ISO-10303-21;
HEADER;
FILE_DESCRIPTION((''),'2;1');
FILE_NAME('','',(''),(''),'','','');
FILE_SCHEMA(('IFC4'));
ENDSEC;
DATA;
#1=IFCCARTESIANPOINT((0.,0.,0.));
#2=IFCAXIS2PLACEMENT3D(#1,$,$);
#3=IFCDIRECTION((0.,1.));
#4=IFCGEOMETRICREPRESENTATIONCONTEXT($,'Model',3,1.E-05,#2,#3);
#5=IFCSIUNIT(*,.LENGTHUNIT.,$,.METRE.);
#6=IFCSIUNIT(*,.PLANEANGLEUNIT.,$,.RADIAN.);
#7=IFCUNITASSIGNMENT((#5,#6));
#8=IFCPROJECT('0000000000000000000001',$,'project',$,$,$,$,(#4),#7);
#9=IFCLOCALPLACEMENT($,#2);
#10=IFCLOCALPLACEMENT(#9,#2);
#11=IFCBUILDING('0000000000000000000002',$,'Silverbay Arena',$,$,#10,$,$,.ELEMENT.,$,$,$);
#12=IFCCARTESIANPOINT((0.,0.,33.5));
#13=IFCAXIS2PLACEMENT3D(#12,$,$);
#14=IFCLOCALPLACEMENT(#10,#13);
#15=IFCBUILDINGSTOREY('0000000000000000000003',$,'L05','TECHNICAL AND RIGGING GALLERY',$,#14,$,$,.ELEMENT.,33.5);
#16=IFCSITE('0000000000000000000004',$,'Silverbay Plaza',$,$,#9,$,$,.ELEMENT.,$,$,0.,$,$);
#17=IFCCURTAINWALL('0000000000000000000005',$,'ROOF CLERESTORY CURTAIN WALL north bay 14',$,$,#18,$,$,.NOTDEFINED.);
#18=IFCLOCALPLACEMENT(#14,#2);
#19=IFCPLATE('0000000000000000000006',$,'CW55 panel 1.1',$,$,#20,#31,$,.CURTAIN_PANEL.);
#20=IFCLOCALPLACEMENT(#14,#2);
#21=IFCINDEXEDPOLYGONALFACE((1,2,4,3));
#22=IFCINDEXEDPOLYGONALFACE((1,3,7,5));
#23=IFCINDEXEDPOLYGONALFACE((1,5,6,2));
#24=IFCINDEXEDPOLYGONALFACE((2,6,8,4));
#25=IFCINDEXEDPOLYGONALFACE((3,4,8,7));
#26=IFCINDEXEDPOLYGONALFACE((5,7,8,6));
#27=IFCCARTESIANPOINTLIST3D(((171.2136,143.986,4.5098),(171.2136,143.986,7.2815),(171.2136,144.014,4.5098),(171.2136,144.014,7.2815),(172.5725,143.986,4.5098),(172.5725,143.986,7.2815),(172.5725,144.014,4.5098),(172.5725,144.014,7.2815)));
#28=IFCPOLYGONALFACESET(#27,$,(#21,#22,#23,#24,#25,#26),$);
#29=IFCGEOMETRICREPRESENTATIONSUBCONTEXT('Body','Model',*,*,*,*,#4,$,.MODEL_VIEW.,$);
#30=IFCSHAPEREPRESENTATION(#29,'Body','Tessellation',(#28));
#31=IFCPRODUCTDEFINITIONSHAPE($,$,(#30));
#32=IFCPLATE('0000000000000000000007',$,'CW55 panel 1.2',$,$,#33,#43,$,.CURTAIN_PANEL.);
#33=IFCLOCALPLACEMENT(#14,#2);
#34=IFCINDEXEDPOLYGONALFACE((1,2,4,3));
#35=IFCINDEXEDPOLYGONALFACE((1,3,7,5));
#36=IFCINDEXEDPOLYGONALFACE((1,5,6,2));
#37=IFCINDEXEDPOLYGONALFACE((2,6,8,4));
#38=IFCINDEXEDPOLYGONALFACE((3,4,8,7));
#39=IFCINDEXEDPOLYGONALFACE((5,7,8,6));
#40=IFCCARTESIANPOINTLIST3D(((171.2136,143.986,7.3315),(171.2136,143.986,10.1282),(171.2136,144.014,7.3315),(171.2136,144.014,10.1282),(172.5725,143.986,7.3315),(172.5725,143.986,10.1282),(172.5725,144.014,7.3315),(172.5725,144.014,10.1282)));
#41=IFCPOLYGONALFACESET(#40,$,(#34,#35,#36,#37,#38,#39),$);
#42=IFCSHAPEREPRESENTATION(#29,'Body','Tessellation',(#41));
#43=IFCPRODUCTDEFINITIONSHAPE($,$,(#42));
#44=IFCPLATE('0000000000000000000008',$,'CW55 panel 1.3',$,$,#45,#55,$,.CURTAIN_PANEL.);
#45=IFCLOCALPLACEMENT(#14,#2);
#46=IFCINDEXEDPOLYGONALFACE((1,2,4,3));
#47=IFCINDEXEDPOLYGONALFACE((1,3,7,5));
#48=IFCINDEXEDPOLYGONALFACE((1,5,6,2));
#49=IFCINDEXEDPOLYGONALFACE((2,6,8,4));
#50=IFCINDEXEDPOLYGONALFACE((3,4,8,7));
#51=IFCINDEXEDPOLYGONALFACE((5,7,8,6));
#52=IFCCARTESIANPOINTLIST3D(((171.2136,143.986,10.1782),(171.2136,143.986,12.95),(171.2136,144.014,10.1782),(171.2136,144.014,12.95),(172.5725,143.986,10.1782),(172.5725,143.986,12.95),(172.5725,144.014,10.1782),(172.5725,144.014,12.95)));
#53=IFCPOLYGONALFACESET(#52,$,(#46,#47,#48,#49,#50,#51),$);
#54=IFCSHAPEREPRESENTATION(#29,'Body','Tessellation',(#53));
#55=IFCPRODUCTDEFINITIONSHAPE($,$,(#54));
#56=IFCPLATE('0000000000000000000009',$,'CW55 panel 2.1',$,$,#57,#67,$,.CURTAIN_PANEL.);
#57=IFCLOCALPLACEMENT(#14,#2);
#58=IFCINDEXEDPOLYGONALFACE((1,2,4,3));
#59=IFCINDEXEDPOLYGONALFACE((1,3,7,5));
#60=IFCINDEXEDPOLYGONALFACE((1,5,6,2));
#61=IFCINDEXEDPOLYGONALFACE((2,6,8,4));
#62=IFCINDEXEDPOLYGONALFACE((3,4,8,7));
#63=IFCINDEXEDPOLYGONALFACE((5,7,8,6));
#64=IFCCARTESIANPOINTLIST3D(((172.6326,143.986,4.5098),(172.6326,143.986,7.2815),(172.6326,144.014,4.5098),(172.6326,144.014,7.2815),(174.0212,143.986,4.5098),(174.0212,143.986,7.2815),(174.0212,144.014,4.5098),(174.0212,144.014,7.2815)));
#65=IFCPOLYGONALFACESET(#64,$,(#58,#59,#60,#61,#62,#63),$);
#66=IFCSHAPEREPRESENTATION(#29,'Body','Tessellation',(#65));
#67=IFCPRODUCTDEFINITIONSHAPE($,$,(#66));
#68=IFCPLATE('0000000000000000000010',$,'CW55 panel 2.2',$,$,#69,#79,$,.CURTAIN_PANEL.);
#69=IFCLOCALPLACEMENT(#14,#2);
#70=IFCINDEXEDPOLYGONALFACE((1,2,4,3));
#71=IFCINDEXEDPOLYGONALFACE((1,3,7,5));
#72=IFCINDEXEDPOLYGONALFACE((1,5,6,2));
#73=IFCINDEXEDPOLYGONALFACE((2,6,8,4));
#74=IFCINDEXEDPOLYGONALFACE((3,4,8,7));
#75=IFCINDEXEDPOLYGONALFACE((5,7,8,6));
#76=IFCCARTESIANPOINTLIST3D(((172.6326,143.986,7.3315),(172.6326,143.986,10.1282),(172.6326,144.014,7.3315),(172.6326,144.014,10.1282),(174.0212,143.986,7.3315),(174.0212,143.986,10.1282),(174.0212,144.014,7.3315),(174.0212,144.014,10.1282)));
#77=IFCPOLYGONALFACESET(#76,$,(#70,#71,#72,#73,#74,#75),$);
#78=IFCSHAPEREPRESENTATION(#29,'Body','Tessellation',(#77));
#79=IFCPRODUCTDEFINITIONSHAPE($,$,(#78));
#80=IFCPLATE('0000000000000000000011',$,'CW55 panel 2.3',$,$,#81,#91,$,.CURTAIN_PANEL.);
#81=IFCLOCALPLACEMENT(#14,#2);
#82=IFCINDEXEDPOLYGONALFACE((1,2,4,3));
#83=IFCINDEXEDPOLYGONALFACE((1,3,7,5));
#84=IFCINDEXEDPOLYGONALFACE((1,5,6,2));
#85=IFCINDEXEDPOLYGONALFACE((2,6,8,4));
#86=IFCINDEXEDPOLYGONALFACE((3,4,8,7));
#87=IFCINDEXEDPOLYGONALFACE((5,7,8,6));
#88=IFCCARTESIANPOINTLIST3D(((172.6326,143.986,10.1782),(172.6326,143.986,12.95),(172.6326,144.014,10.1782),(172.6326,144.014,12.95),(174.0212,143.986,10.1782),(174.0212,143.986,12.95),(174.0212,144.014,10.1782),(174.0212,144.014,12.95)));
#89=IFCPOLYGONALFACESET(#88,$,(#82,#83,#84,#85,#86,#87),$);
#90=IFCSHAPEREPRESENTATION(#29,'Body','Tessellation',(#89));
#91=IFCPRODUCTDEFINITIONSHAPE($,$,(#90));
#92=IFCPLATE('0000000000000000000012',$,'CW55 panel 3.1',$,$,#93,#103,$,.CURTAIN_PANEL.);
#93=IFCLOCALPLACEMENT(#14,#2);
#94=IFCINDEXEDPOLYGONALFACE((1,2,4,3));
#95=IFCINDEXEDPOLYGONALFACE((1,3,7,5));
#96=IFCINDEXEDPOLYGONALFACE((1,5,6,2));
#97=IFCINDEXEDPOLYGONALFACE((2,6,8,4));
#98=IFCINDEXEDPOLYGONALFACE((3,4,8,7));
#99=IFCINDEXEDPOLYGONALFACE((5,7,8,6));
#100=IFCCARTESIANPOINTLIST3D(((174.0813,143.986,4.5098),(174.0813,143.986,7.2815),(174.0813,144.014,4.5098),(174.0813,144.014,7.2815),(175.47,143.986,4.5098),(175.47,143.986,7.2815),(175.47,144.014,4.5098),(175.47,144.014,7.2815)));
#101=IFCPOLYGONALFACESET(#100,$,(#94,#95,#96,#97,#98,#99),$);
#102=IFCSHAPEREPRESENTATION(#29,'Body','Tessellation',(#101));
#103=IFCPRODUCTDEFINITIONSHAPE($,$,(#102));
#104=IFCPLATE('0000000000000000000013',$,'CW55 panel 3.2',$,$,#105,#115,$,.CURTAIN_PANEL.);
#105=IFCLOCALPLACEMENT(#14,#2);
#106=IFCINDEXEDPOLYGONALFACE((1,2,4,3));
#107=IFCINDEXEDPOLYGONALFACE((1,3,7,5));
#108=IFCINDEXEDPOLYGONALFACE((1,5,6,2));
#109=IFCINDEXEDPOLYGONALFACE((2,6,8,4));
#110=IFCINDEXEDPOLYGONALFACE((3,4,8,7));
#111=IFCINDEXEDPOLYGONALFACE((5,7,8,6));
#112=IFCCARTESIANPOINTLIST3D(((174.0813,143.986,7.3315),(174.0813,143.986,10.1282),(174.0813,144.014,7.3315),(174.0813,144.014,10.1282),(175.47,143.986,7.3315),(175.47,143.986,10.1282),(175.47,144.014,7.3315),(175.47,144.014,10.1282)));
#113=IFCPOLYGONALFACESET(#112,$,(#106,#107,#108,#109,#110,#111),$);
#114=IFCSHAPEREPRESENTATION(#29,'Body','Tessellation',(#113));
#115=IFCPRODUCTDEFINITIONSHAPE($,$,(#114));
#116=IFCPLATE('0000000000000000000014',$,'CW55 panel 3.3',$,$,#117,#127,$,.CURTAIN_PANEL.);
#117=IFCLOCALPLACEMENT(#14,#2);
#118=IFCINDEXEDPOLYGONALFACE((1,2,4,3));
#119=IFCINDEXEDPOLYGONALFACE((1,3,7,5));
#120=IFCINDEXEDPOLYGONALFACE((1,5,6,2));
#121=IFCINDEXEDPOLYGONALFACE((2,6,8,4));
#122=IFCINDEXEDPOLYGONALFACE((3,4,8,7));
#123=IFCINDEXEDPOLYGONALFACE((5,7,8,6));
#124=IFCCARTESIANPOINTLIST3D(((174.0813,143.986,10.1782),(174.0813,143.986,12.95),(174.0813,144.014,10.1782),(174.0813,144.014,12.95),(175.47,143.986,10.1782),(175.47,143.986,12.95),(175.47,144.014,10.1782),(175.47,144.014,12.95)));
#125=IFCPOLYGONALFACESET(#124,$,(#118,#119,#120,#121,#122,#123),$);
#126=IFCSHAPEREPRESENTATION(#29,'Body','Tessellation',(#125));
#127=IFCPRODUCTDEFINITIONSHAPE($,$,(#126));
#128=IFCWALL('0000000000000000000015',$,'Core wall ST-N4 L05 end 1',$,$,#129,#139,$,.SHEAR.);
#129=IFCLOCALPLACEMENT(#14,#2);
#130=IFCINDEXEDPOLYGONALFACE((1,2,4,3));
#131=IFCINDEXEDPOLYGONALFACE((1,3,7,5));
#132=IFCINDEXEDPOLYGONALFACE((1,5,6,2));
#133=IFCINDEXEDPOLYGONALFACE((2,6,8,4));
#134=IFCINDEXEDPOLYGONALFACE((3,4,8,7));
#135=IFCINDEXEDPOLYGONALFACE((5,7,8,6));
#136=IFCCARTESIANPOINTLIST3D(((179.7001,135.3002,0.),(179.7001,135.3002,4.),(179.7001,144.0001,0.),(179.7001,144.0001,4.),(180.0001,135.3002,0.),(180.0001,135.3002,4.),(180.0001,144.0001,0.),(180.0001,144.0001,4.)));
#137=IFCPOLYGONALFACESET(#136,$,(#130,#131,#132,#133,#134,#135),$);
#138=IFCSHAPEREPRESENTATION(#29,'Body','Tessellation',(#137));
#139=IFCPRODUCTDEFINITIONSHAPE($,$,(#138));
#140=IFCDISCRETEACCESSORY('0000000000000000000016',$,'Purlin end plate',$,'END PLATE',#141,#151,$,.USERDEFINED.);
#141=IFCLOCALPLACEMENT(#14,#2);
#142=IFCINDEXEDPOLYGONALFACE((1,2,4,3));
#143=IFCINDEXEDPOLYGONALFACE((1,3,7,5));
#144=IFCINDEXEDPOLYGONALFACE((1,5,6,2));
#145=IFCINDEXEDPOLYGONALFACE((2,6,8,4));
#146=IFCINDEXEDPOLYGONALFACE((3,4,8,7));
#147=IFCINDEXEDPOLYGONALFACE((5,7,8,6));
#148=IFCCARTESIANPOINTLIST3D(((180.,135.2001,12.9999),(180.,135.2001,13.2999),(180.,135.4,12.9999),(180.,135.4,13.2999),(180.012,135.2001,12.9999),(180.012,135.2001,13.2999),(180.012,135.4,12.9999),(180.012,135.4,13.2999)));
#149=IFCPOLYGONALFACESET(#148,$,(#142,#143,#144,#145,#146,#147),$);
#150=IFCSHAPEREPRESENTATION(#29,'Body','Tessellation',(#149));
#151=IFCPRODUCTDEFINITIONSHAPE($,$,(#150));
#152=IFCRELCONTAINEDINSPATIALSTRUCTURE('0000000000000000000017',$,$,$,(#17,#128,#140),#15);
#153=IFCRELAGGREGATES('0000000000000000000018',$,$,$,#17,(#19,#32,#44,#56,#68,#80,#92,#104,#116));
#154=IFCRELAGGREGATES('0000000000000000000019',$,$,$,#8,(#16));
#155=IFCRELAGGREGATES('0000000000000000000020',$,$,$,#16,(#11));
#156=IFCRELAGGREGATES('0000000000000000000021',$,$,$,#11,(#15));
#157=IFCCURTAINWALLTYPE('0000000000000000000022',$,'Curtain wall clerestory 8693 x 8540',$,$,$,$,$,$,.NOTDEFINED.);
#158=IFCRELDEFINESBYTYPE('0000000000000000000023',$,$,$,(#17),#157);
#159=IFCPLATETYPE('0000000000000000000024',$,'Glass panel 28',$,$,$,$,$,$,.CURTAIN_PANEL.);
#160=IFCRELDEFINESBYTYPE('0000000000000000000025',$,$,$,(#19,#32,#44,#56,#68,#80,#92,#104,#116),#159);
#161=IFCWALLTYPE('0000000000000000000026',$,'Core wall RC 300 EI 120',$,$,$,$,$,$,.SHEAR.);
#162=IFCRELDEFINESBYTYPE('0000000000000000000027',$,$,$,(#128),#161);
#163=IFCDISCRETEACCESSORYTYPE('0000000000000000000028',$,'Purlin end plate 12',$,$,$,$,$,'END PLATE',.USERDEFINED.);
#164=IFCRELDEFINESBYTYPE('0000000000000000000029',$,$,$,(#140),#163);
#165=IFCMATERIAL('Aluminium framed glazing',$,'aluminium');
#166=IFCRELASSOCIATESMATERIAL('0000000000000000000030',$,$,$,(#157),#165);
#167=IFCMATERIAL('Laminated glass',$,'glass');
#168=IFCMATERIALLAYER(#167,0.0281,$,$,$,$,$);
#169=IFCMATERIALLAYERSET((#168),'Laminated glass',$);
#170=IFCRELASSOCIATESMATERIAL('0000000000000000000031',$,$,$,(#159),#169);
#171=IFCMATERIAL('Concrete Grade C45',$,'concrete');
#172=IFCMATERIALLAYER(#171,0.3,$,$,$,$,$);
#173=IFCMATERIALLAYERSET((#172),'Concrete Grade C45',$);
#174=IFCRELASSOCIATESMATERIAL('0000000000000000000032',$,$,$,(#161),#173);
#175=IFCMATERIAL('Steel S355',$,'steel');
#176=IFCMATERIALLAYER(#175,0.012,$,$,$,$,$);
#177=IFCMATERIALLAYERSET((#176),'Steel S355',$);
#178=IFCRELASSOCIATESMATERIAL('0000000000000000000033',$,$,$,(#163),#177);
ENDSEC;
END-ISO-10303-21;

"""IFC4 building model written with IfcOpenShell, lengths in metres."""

from ifc_helpers import new_model, si_unit, direction, frame, frame_2d, origin, origin_2d, place, context, subcontext, project, spatial, rectangle, extrude, material, layer, layer_set, type_object, element, aggregate, save


model = new_model("IFC4")

# Units and contexts
model_context = context("Model", 3, precision=1e-05, world=origin(), true_north=direction((0.0, 1.0)))
body_context = subcontext(model_context, "Body", "Model", "MODEL_VIEW")
ifc_project = project(units=[si_unit("LENGTHUNIT", "METRE"), si_unit("PLANEANGLEUNIT", "RADIAN")], contexts=[model_context])

# Site, building, storey
site_placement = place(None, origin())
site = spatial("IfcSite", under=ifc_project, at=site_placement, Name="Silverbay Plaza", CompositionType="ELEMENT", RefElevation=0.0)
building_placement = place(site_placement, origin())
building = spatial("IfcBuilding", under=site, at=building_placement, Name="Silverbay Arena", CompositionType="ELEMENT")
storey_placement = place(building_placement, frame((0.0, 0.0, 33.5)))
storey = spatial("IfcBuildingStorey", under=building, at=storey_placement, Name="L05", Description="TECHNICAL AND RIGGING GALLERY", CompositionType="ELEMENT", Elevation=33.5)

# Curtain wall
ifc_material_1 = material(Name="Aluminium framed glazing", Category="aluminium")
curtain_wall_type = type_object("IfcCurtainWallType", Name="Curtain wall clerestory 8693 x 8540", PredefinedType="NOTDEFINED", material=ifc_material_1)
curtain_wall_placement = place(storey_placement, origin())
curtain_wall = element("IfcCurtainWall", 1, at=curtain_wall_placement, inside=storey, type_object=curtain_wall_type, Name="ROOF CLERESTORY CURTAIN WALL north bay 14", PredefinedType="NOTDEFINED")

# Plates
ifc_material_2 = material(Name="Laminated glass", Category="glass")
ifc_layer_1 = layer(ifc_material_2, 0.0281)
ifc_layer_set_1 = layer_set([ifc_layer_1], Name="Laminated glass")
plate_type = type_object("IfcPlateType", Name="Glass panel 28", PredefinedType="CURTAIN_PANEL", material=ifc_layer_set_1)
plate_1_placement = place(storey_placement, frame((171.8931, 144.0, 4.5098), z_axis=(0.0, 0.0, 1.0), x_axis=(1.0, 0.0, 0.0)))
plate_1 = element("IfcPlate", 2, at=plate_1_placement, type_object=plate_type, Name="CW55 panel 1.1", PredefinedType="CURTAIN_PANEL", context=body_context, shape_type="SweptSolid", body=[
    extrude(rectangle(XDim=1.3589, YDim=0.0281, at=origin_2d()), origin(), (0.0, 0.0, 1.0), 2.7717),
])
plate_2_placement = place(storey_placement, frame((171.8931, 144.0, 7.3315), z_axis=(0.0, 0.0, 1.0), x_axis=(1.0, 0.0, 0.0)))
plate_2 = element("IfcPlate", 3, at=plate_2_placement, type_object=plate_type, Name="CW55 panel 1.2", PredefinedType="CURTAIN_PANEL", context=body_context, shape_type="SweptSolid", body=[
    extrude(rectangle(XDim=1.3589, YDim=0.0281, at=origin_2d()), origin(), (0.0, 0.0, 1.0), 2.7966),
])
plate_3_placement = place(storey_placement, frame((171.8931, 144.0, 10.1782), z_axis=(0.0, 0.0, 1.0), x_axis=(1.0, 0.0, 0.0)))
plate_3 = element("IfcPlate", 4, at=plate_3_placement, type_object=plate_type, Name="CW55 panel 1.3", PredefinedType="CURTAIN_PANEL", context=body_context, shape_type="SweptSolid", body=[
    extrude(rectangle(XDim=1.3589, YDim=0.0281, at=origin_2d()), origin(), (0.0, 0.0, 1.0), 2.7717),
])
plate_4_placement = place(storey_placement, frame((173.3269, 144.0, 4.5098), z_axis=(0.0, 0.0, 1.0), x_axis=(1.0, 0.0, 0.0)))
plate_4 = element("IfcPlate", 5, at=plate_4_placement, type_object=plate_type, Name="CW55 panel 2.1", PredefinedType="CURTAIN_PANEL", context=body_context, shape_type="SweptSolid", body=[
    extrude(rectangle(XDim=1.3887, YDim=0.0281, at=origin_2d()), origin(), (0.0, 0.0, 1.0), 2.7717),
])
plate_5_placement = place(storey_placement, frame((173.3269, 144.0, 7.3315), z_axis=(0.0, 0.0, 1.0), x_axis=(1.0, 0.0, 0.0)))
plate_5 = element("IfcPlate", 6, at=plate_5_placement, type_object=plate_type, Name="CW55 panel 2.2", PredefinedType="CURTAIN_PANEL", context=body_context, shape_type="SweptSolid", body=[
    extrude(rectangle(XDim=1.3887, YDim=0.0281, at=origin_2d()), origin(), (0.0, 0.0, 1.0), 2.7966),
])
plate_6_placement = place(storey_placement, frame((173.3269, 144.0, 10.1782), z_axis=(0.0, 0.0, 1.0), x_axis=(1.0, 0.0, 0.0)))
plate_6 = element("IfcPlate", 7, at=plate_6_placement, type_object=plate_type, Name="CW55 panel 2.3", PredefinedType="CURTAIN_PANEL", context=body_context, shape_type="SweptSolid", body=[
    extrude(rectangle(XDim=1.3887, YDim=0.0281, at=origin_2d()), origin(), (0.0, 0.0, 1.0), 2.7717),
])
plate_7_placement = place(storey_placement, frame((174.7756, 144.0, 4.5098), z_axis=(0.0, 0.0, 1.0), x_axis=(1.0, 0.0, 0.0)))
plate_7 = element("IfcPlate", 8, at=plate_7_placement, type_object=plate_type, Name="CW55 panel 3.1", PredefinedType="CURTAIN_PANEL", context=body_context, shape_type="SweptSolid", body=[
    extrude(rectangle(XDim=1.3887, YDim=0.0281, at=origin_2d()), origin(), (0.0, 0.0, 1.0), 2.7717),
])
plate_8_placement = place(storey_placement, frame((174.7756, 144.0, 7.3315), z_axis=(0.0, 0.0, 1.0), x_axis=(1.0, 0.0, 0.0)))
plate_8 = element("IfcPlate", 9, at=plate_8_placement, type_object=plate_type, Name="CW55 panel 3.2", PredefinedType="CURTAIN_PANEL", context=body_context, shape_type="SweptSolid", body=[
    extrude(rectangle(XDim=1.3887, YDim=0.0281, at=origin_2d()), origin(), (0.0, 0.0, 1.0), 2.7966),
])
plate_9_placement = place(storey_placement, frame((174.7756, 144.0, 10.1782), z_axis=(0.0, 0.0, 1.0), x_axis=(1.0, 0.0, 0.0)))
plate_9 = element("IfcPlate", 10, at=plate_9_placement, type_object=plate_type, Name="CW55 panel 3.3", PredefinedType="CURTAIN_PANEL", context=body_context, shape_type="SweptSolid", body=[
    extrude(rectangle(XDim=1.3887, YDim=0.0281, at=origin_2d()), origin(), (0.0, 0.0, 1.0), 2.7717),
])
aggregate(curtain_wall, [plate_1, plate_2, plate_3, plate_4, plate_5, plate_6, plate_7, plate_8, plate_9])

# Wall
ifc_material_3 = material(Name="Concrete Grade C45", Category="concrete")
ifc_layer_2 = layer(ifc_material_3, 0.3)
ifc_layer_set_2 = layer_set([ifc_layer_2], Name="Concrete Grade C45")
wall_type = type_object("IfcWallType", Name="Core wall RC 300 EI 120", PredefinedType="SHEAR", material=ifc_layer_set_2)
wall_placement = place(storey_placement, frame((179.8501, 135.3, 0.0), z_axis=(0.0, 0.0, 1.0), x_axis=(0.0, 1.0, 0.0)))
element("IfcWall", 11, at=wall_placement, inside=storey, type_object=wall_type, Name="Core wall ST-N4 L05 end 1", PredefinedType="SHEAR", context=body_context, shape_type="SweptSolid", body=[
    extrude(rectangle(XDim=8.7, YDim=0.3, at=frame_2d((4.3501, 0.0))), origin(), (0.0, 0.0, 1.0), 4.0),
])

# Discrete accessory
ifc_material_4 = material(Name="Steel S355", Category="steel")
ifc_layer_3 = layer(ifc_material_4, 0.012)
ifc_layer_set_3 = layer_set([ifc_layer_3], Name="Steel S355")
discrete_accessory_type = type_object("IfcDiscreteAccessoryType", Name="Purlin end plate 12", ElementType="END PLATE", PredefinedType="USERDEFINED", material=ifc_layer_set_3)
discrete_accessory_placement = place(storey_placement, frame((180.0, 135.3, 13.1499), z_axis=(1.0, 0.0, 0.0), x_axis=(0.0, 1.0, 0.0)))
element("IfcDiscreteAccessory", 12, at=discrete_accessory_placement, inside=storey, type_object=discrete_accessory_type, Name="Purlin end plate", ObjectType="END PLATE", PredefinedType="USERDEFINED", context=body_context, shape_type="SweptSolid", body=[
    extrude(rectangle(XDim=0.2, YDim=0.3, at=origin_2d()), origin(), (0.0, 0.0, 1.0), 0.012),
])

save(model, "model.ifc")
